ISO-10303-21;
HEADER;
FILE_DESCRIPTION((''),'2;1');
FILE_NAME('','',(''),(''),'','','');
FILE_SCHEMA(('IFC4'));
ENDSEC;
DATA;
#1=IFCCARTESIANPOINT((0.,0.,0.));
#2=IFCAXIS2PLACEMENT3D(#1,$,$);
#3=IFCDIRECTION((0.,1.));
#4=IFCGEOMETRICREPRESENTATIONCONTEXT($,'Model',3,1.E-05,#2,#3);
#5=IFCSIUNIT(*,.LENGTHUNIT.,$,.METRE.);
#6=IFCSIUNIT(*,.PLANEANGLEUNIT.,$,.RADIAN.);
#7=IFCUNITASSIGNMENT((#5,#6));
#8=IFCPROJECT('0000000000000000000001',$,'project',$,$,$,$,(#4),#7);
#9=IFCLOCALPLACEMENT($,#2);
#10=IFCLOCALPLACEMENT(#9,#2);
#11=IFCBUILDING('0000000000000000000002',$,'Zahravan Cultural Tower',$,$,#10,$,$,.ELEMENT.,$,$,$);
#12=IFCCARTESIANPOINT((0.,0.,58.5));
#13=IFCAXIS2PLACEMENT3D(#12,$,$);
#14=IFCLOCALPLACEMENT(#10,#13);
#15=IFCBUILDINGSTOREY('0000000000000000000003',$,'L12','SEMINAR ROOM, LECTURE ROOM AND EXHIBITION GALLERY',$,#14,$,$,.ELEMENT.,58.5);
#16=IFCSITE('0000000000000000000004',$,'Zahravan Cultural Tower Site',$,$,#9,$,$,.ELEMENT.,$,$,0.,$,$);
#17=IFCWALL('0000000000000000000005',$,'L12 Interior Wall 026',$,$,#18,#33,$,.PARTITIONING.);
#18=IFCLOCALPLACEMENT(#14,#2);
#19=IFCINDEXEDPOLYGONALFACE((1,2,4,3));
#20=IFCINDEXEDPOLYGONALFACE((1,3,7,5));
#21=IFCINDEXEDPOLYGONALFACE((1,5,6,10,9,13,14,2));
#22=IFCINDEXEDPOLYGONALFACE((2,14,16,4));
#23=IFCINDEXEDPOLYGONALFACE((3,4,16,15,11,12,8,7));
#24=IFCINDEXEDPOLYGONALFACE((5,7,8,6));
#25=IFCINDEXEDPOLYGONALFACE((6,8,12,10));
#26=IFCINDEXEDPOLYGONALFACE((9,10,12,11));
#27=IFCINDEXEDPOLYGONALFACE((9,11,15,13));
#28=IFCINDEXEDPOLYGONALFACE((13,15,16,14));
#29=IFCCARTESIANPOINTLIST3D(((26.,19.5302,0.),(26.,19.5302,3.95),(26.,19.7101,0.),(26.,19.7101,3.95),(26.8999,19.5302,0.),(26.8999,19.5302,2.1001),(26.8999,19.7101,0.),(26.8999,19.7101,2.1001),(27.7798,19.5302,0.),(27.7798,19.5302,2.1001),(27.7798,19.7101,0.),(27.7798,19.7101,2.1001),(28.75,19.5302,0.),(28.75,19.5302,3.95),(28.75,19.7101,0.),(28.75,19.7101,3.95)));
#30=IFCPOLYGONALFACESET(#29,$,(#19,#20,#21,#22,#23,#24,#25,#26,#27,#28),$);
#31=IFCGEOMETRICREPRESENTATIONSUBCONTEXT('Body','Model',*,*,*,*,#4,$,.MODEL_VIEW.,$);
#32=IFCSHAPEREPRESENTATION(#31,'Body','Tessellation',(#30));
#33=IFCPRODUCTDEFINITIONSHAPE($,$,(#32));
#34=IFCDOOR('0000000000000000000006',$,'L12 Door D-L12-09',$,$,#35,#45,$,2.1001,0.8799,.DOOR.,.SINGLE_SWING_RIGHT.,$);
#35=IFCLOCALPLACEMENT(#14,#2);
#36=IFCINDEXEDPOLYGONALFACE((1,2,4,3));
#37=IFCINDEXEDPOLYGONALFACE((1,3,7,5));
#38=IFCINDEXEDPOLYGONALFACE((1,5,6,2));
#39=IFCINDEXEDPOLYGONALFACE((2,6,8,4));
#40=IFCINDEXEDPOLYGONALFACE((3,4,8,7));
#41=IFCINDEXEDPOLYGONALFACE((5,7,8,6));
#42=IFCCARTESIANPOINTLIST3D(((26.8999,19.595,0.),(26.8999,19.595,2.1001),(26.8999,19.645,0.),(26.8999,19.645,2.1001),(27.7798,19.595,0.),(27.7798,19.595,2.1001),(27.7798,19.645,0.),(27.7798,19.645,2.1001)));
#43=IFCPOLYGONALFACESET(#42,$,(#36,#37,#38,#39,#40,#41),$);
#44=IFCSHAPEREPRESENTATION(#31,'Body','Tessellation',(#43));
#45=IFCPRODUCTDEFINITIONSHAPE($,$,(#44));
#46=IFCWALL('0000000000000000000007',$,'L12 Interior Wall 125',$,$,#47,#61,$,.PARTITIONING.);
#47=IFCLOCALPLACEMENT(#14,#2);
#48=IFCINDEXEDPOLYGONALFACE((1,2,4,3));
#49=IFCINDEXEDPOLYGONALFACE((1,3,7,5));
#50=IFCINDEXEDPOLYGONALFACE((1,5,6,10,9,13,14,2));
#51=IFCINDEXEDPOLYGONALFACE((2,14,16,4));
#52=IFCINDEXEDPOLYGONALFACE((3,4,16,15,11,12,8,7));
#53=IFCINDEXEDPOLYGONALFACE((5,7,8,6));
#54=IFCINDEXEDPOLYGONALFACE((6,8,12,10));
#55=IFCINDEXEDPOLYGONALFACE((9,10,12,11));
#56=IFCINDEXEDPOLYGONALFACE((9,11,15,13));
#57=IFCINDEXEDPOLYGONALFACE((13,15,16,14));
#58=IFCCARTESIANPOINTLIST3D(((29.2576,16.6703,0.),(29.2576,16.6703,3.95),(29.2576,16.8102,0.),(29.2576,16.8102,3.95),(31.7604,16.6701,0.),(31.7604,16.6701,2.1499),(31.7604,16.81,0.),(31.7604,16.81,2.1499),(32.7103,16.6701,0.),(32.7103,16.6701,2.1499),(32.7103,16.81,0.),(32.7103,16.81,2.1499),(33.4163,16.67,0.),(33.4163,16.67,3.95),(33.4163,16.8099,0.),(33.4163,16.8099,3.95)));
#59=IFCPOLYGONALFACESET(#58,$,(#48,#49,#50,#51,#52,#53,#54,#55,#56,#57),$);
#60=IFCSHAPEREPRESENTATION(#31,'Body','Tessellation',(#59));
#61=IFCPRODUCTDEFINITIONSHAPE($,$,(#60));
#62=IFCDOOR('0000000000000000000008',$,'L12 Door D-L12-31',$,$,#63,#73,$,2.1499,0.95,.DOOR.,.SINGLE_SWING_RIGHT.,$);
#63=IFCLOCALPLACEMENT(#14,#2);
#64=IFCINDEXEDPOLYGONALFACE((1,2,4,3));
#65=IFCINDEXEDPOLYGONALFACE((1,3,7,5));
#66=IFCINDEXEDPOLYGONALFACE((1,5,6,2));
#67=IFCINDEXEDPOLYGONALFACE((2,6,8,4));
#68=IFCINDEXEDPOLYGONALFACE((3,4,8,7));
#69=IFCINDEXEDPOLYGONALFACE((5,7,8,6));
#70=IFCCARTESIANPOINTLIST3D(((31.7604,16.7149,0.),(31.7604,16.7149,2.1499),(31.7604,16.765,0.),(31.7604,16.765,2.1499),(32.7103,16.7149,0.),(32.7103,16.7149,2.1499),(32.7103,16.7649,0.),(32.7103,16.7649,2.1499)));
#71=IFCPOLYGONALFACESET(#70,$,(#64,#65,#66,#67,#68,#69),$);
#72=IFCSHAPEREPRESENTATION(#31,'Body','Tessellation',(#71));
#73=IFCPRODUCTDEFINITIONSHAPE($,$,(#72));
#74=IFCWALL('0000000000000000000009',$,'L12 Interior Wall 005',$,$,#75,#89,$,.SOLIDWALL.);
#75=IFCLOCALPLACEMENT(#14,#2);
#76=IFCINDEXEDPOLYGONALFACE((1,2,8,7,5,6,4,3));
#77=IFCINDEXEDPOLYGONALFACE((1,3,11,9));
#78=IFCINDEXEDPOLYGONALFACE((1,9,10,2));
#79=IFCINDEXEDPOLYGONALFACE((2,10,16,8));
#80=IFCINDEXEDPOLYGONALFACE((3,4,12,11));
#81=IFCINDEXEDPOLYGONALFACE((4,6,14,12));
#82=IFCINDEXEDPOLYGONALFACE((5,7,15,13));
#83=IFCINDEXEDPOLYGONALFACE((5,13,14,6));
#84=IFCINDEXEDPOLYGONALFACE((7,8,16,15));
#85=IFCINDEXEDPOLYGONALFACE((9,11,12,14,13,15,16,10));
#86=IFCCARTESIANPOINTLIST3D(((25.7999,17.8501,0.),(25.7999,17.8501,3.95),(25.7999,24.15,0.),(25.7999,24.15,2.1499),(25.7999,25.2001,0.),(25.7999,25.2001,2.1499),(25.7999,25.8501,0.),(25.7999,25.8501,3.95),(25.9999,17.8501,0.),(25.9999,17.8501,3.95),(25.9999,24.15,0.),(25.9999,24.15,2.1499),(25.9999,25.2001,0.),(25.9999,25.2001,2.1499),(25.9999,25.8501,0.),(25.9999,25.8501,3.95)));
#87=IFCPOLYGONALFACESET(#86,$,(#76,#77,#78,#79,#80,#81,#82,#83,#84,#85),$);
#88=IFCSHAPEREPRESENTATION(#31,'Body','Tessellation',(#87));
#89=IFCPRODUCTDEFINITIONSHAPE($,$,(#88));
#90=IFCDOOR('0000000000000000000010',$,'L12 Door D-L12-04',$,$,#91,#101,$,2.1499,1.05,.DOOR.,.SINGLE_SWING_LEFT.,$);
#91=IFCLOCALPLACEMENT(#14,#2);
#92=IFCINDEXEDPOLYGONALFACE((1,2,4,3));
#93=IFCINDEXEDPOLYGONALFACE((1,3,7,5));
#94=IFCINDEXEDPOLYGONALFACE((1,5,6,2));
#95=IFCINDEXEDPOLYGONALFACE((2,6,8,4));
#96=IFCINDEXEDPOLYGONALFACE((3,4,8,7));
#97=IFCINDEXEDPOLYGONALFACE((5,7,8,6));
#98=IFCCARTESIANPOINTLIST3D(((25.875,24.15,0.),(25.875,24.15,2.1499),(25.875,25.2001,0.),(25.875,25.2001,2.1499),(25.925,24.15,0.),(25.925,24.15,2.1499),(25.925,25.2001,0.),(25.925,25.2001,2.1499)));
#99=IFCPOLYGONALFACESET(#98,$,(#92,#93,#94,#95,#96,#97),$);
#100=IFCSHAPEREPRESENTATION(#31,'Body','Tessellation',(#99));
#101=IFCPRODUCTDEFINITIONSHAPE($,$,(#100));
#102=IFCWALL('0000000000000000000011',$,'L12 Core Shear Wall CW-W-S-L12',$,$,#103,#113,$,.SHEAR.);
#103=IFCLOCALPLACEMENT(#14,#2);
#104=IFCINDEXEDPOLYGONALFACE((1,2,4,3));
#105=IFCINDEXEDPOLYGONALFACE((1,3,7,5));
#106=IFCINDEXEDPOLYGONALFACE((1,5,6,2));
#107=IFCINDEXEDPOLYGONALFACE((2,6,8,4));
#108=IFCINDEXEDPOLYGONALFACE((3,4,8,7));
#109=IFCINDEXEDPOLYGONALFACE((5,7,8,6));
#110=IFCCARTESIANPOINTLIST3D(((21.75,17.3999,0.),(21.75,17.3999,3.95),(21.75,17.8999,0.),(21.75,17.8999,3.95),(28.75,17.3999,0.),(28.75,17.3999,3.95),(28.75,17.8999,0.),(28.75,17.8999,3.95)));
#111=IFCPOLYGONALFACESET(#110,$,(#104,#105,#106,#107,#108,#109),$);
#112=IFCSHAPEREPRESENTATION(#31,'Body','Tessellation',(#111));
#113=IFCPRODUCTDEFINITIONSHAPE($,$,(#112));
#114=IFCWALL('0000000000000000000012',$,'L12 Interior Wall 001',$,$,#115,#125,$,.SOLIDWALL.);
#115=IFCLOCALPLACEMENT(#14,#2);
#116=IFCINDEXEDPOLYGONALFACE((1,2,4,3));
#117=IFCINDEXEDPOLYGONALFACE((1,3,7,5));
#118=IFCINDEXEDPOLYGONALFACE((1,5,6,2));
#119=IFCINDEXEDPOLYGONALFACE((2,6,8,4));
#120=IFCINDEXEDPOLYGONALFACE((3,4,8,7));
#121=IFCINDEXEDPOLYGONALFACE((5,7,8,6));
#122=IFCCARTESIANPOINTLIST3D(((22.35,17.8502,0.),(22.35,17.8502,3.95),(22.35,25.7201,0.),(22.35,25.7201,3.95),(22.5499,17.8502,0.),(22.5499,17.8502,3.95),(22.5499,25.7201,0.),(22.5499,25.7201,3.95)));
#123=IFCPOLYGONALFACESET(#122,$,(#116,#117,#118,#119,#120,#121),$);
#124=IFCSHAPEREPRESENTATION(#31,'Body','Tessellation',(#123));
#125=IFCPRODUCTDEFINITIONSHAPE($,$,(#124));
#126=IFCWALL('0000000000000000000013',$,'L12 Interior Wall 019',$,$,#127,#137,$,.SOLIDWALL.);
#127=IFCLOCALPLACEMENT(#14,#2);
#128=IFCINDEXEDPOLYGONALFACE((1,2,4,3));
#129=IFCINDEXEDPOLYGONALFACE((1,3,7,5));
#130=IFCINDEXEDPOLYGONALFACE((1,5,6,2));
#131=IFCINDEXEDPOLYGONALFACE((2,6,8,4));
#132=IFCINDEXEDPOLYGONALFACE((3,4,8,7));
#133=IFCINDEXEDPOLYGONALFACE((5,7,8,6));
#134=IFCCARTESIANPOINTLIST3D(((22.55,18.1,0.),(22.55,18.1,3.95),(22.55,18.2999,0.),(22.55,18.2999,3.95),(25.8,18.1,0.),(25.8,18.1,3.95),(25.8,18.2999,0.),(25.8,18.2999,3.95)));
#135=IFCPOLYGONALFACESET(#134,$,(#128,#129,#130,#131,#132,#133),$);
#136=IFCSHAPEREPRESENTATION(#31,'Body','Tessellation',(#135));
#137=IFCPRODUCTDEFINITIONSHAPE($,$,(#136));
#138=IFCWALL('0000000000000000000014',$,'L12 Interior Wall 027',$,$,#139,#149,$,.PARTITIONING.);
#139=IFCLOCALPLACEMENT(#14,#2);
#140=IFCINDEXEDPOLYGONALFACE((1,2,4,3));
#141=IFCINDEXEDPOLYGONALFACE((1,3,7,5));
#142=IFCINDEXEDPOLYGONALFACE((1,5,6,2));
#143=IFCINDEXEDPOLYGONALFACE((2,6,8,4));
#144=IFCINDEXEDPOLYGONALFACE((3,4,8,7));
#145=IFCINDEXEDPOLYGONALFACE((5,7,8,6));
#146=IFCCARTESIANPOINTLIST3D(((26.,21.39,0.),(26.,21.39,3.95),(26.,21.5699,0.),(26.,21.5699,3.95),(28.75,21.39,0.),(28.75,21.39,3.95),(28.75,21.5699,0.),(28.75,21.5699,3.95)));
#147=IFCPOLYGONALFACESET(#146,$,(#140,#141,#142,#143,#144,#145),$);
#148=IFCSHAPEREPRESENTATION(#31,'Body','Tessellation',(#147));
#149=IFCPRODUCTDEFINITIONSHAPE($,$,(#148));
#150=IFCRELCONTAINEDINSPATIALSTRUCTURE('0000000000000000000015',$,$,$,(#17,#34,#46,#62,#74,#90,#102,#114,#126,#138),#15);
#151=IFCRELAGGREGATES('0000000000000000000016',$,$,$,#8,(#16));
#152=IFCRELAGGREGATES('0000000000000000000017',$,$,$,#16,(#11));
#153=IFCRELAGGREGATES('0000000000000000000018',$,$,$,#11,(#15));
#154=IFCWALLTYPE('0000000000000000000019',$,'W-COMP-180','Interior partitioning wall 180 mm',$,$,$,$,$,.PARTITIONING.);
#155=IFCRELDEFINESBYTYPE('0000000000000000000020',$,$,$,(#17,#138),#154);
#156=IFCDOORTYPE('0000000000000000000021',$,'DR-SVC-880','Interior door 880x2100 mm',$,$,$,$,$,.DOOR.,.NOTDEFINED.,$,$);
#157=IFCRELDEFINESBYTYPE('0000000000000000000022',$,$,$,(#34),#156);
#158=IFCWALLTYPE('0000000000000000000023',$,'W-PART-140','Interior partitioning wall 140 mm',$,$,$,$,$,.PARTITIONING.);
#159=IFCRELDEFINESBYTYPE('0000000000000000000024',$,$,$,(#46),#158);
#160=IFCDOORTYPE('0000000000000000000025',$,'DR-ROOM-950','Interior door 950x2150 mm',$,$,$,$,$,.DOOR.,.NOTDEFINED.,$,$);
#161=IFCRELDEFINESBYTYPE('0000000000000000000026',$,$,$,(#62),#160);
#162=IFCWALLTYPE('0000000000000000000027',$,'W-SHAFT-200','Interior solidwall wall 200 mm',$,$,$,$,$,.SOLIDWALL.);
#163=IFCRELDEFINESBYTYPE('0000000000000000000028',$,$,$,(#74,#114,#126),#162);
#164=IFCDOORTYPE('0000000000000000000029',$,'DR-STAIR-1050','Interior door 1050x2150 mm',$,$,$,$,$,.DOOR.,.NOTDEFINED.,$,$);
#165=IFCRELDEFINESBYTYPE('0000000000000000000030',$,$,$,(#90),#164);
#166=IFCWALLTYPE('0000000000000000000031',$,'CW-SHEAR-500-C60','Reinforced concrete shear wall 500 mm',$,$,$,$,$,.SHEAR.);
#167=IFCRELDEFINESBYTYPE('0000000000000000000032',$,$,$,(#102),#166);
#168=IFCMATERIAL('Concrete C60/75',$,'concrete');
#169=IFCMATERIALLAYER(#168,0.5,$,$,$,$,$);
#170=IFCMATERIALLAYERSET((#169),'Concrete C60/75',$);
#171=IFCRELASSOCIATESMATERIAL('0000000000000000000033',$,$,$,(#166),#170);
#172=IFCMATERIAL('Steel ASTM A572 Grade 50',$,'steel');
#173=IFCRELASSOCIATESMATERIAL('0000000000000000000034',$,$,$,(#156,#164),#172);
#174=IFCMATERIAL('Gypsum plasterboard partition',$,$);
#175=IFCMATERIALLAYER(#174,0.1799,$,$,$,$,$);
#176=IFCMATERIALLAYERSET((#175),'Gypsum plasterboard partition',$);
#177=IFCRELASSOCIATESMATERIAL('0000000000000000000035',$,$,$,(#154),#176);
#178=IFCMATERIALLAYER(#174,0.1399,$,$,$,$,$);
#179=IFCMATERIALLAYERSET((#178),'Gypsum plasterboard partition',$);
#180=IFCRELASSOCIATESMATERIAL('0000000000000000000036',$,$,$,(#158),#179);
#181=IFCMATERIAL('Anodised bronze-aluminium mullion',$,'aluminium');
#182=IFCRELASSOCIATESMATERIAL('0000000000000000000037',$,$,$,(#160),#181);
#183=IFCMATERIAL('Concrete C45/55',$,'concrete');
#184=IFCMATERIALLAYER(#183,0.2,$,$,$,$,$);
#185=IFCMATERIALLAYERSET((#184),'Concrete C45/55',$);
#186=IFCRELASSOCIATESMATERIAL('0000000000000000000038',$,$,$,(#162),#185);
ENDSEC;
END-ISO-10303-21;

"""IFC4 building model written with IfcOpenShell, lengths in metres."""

from ifc_helpers import new_model, si_unit, direction, frame, frame_2d, origin, place, context, subcontext, project, spatial, rectangle, extrude, source, transform, mapped, material, layer, layer_set, type_object, element, fill, save


model = new_model("IFC4")

# Units and contexts
model_context = context("Model", 3, precision=1e-05, world=origin(), true_north=direction((0.0, 1.0)))
body_context = subcontext(model_context, "Body", "Model", "MODEL_VIEW")
ifc_project = project(units=[si_unit("LENGTHUNIT", "METRE"), si_unit("PLANEANGLEUNIT", "RADIAN")], contexts=[model_context])

# Site, building, storey
site_placement = place(None, origin())
site = spatial("IfcSite", under=ifc_project, at=site_placement, Name="Zahravan Cultural Tower Site", CompositionType="ELEMENT", RefElevation=0.0)
building_placement = place(site_placement, origin())
building = spatial("IfcBuilding", under=site, at=building_placement, Name="Zahravan Cultural Tower", CompositionType="ELEMENT")
storey_placement = place(building_placement, frame((0.0, 0.0, 58.5)))
storey = spatial("IfcBuildingStorey", under=building, at=storey_placement, Name="L12", Description="SEMINAR ROOM, LECTURE ROOM AND EXHIBITION GALLERY", CompositionType="ELEMENT", Elevation=58.5)

# Shared definitions
ifc_material_1 = material(Name="Concrete C60/75", Category="concrete")

# Shared definitions
ifc_material_2 = material(Name="Anodised bronze-aluminium mullion", Category="aluminium")

# Shared definitions
ifc_layer_1 = layer(ifc_material_1, 0.5)
ifc_layer_set_1 = layer_set([ifc_layer_1], Name="Concrete C60/75")
wall_type_1 = type_object("IfcWallType", Name="CW-SHEAR-500-C60", Description="Reinforced concrete shear wall 500 mm", PredefinedType="SHEAR", material=ifc_layer_set_1)
ifc_material_3 = material(Name="Steel ASTM A572 Grade 50", Category="steel")
door_type_1 = type_object("IfcDoorType", Name="DR-SVC-880", Description="Interior door 880x2100 mm", OperationType="NOTDEFINED", PredefinedType="DOOR", material=ifc_material_3)
shared_shape_1 = source(origin(), body_context, "Body", "SweptSolid", [
    extrude(rectangle(XDim=0.8799, YDim=2.1001, at=frame_2d((0.4399, 1.05))), frame((0.0, 0.0249, 0.0), z_axis=(0.0, -1.0, 0.0), x_axis=(1.0, 0.0, 0.0)), (0.0, 0.0, 1.0), 0.05),
])

# Walls, openings, doors
ifc_material_4 = material(Name="Gypsum plasterboard partition")
ifc_layer_2 = layer(ifc_material_4, 0.1799)
ifc_layer_set_2 = layer_set([ifc_layer_2], Name="Gypsum plasterboard partition")
wall_type_2 = type_object("IfcWallType", Name="W-COMP-180", Description="Interior partitioning wall 180 mm", PredefinedType="PARTITIONING", material=ifc_layer_set_2)
wall_1_placement = place(storey_placement, frame((26.0, 19.6201, 0.0), z_axis=(0.0, 0.0, 1.0), x_axis=(1.0, 0.0, 0.0)))
wall_1 = element("IfcWall", 1, at=wall_1_placement, inside=storey, type_object=wall_type_2, Name="L12 Interior Wall 026", PredefinedType="PARTITIONING", context=body_context, shape_type="SweptSolid", body=[
    extrude(rectangle(XDim=2.75, YDim=0.1799, at=frame_2d((1.375, 0.0))), origin(), (0.0, 0.0, 1.0), 3.95),
])
opening_1_placement = place(wall_1_placement, frame((0.8999, 0.0, 0.0)))
opening_1 = element("IfcOpeningElement", 2, at=opening_1_placement, cuts=wall_1, PredefinedType="OPENING", context=body_context, shape_type="SweptSolid", body=[
    extrude(rectangle(XDim=0.8799, YDim=2.1001, at=frame_2d((0.4399, 1.05))), frame((0.0, 0.0999, 0.0), z_axis=(0.0, -1.0, 0.0), x_axis=(1.0, 0.0, 0.0)), (0.0, 0.0, 1.0), 0.2),
])
door_1_placement = place(opening_1_placement, origin())
door_1 = element("IfcDoor", 3, at=door_1_placement, inside=storey, type_object=door_type_1, Name="L12 Door D-L12-09", OperationType="SINGLE_SWING_RIGHT", OverallHeight=2.1001, OverallWidth=0.8799, PredefinedType="DOOR", context=body_context, shape_type="MappedRepresentation", body=[
    mapped(shared_shape_1, transform((0.0, 0.0, 0.0), x_axis=(1.0, 0.0, 0.0), y_axis=(0.0, 1.0, 0.0), z_axis=(0.0, 0.0, 1.0), scale=1.0)),
])
fill(opening_1, door_1)
ifc_layer_3 = layer(ifc_material_4, 0.1399)
ifc_layer_set_3 = layer_set([ifc_layer_3], Name="Gypsum plasterboard partition")
wall_type_3 = type_object("IfcWallType", Name="W-PART-140", Description="Interior partitioning wall 140 mm", PredefinedType="PARTITIONING", material=ifc_layer_set_3)
wall_2_placement = place(storey_placement, frame((29.2576, 16.7402, 0.0), z_axis=(0.0, 0.0, 1.0), x_axis=(1.0, -0.000059, 0.0)))
wall_2 = element("IfcWall", 4, at=wall_2_placement, inside=storey, type_object=wall_type_3, Name="L12 Interior Wall 125", PredefinedType="PARTITIONING", context=body_context, shape_type="SweptSolid", body=[
    extrude(rectangle(XDim=4.1587, YDim=0.1399, at=frame_2d((2.0793, 0.0))), origin(), (0.0, 0.0, 1.0), 3.95),
])
opening_2_placement = place(wall_2_placement, frame((2.5027, 0.0, 0.0)))
opening_2 = element("IfcOpeningElement", 5, at=opening_2_placement, cuts=wall_2, PredefinedType="OPENING", context=body_context, shape_type="SweptSolid", body=[
    extrude(rectangle(XDim=0.95, YDim=2.1499, at=frame_2d((0.4751, 1.075))), frame((0.0, 0.0798, 0.0), z_axis=(0.0, -1.0, 0.0), x_axis=(1.0, 0.0, 0.0)), (0.0, 0.0, 1.0), 0.1599),
])
door_type_2 = type_object("IfcDoorType", Name="DR-ROOM-950", Description="Interior door 950x2150 mm", OperationType="NOTDEFINED", PredefinedType="DOOR", material=ifc_material_2)
shared_shape_2 = source(origin(), body_context, "Body", "SweptSolid", [
    extrude(rectangle(XDim=0.95, YDim=2.1499, at=frame_2d((0.4751, 1.075))), frame((0.0, 0.0249, 0.0), z_axis=(0.0, -1.0, 0.0), x_axis=(1.0, 0.0, 0.0)), (0.0, 0.0, 1.0), 0.05),
])
door_2_placement = place(opening_2_placement, origin())
door_2 = element("IfcDoor", 6, at=door_2_placement, inside=storey, type_object=door_type_2, Name="L12 Door D-L12-31", OperationType="SINGLE_SWING_RIGHT", OverallHeight=2.1499, OverallWidth=0.95, PredefinedType="DOOR", context=body_context, shape_type="MappedRepresentation", body=[
    mapped(shared_shape_2, transform((0.0, 0.0, 0.0), x_axis=(1.0, 0.0, 0.0), y_axis=(0.0, 1.0, 0.0), z_axis=(0.0, 0.0, 1.0), scale=1.0)),
])
fill(opening_2, door_2)
ifc_material_5 = material(Name="Concrete C45/55", Category="concrete")
ifc_layer_4 = layer(ifc_material_5, 0.2)
ifc_layer_set_4 = layer_set([ifc_layer_4], Name="Concrete C45/55")
wall_type_4 = type_object("IfcWallType", Name="W-SHAFT-200", Description="Interior solidwall wall 200 mm", PredefinedType="SOLIDWALL", material=ifc_layer_set_4)
wall_3_placement = place(storey_placement, frame((25.8999, 17.8501, 0.0), z_axis=(0.0, 0.0, 1.0), x_axis=(0.0, 1.0, 0.0)))
wall_3 = element("IfcWall", 7, at=wall_3_placement, inside=storey, type_object=wall_type_4, Name="L12 Interior Wall 005", PredefinedType="SOLIDWALL", context=body_context, shape_type="SweptSolid", body=[
    extrude(rectangle(XDim=8.0, YDim=0.2, at=frame_2d((4.0, 0.0))), origin(), (0.0, 0.0, 1.0), 3.95),
])
opening_3_placement = place(wall_3_placement, frame((6.3, 0.0, 0.0)))
opening_3 = element("IfcOpeningElement", 8, at=opening_3_placement, cuts=wall_3, PredefinedType="OPENING", context=body_context, shape_type="SweptSolid", body=[
    extrude(rectangle(XDim=1.05, YDim=2.1499, at=frame_2d((0.5249, 1.075))), frame((0.0, 0.1099, 0.0), z_axis=(0.0, -1.0, 0.0), x_axis=(1.0, 0.0, 0.0)), (0.0, 0.0, 1.0), 0.22),
])
door_type_3 = type_object("IfcDoorType", Name="DR-STAIR-1050", Description="Interior door 1050x2150 mm", OperationType="NOTDEFINED", PredefinedType="DOOR", material=ifc_material_3)
shared_shape_3 = source(origin(), body_context, "Body", "SweptSolid", [
    extrude(rectangle(XDim=1.05, YDim=2.1499, at=frame_2d((0.5249, 1.075))), frame((0.0, 0.0249, 0.0), z_axis=(0.0, -1.0, 0.0), x_axis=(1.0, 0.0, 0.0)), (0.0, 0.0, 1.0), 0.05),
])
door_3_placement = place(opening_3_placement, origin())
door_3 = element("IfcDoor", 9, at=door_3_placement, inside=storey, type_object=door_type_3, Name="L12 Door D-L12-04", OperationType="SINGLE_SWING_LEFT", OverallHeight=2.1499, OverallWidth=1.05, PredefinedType="DOOR", context=body_context, shape_type="MappedRepresentation", body=[
    mapped(shared_shape_3, transform((0.0, 0.0, 0.0), x_axis=(1.0, 0.0, 0.0), y_axis=(0.0, 1.0, 0.0), z_axis=(0.0, 0.0, 1.0), scale=1.0)),
])
fill(opening_3, door_3)

# Walls
shared_shape_4 = source(origin(), body_context, "Body", "SweptSolid", [
    extrude(rectangle(XDim=7.0, YDim=0.5, at=frame_2d((3.5, 0.0))), origin(), (0.0, 0.0, 1.0), 3.95),
])
wall_4_placement = place(storey_placement, frame((21.75, 17.6499, 0.0), z_axis=(0.0, 0.0, 1.0), x_axis=(1.0, 0.0, 0.0)))
element("IfcWall", 10, at=wall_4_placement, inside=storey, type_object=wall_type_1, Name="L12 Core Shear Wall CW-W-S-L12", PredefinedType="SHEAR", context=body_context, shape_type="MappedRepresentation", body=[
    mapped(shared_shape_4, transform((0.0, 0.0, 0.0), x_axis=(1.0, 0.0, 0.0), y_axis=(0.0, 1.0, 0.0), z_axis=(0.0, 0.0, 1.0), scale=1.0)),
])
shared_shape_5 = source(origin(), body_context, "Body", "SweptSolid", [
    extrude(rectangle(XDim=7.8699, YDim=0.2, at=frame_2d((3.9351, 0.0))), origin(), (0.0, 0.0, 1.0), 3.95),
])
wall_5_placement = place(storey_placement, frame((22.45, 17.8501, 0.0), z_axis=(0.0, 0.0, 1.0), x_axis=(0.0, 1.0, 0.0)))
element("IfcWall", 11, at=wall_5_placement, inside=storey, type_object=wall_type_4, Name="L12 Interior Wall 001", PredefinedType="SOLIDWALL", context=body_context, shape_type="MappedRepresentation", body=[
    mapped(shared_shape_5, transform((0.0, 0.0, 0.0), x_axis=(1.0, 0.0, 0.0), y_axis=(0.0, 1.0, 0.0), z_axis=(0.0, 0.0, 1.0), scale=1.0)),
])
shared_shape_6 = source(origin(), body_context, "Body", "SweptSolid", [
    extrude(rectangle(XDim=3.25, YDim=0.2, at=frame_2d((1.625, 0.0))), origin(), (0.0, 0.0, 1.0), 3.95),
])
wall_6_placement = place(storey_placement, frame((22.55, 18.2, 0.0), z_axis=(0.0, 0.0, 1.0), x_axis=(1.0, 0.0, 0.0)))
element("IfcWall", 12, at=wall_6_placement, inside=storey, type_object=wall_type_4, Name="L12 Interior Wall 019", PredefinedType="SOLIDWALL", context=body_context, shape_type="MappedRepresentation", body=[
    mapped(shared_shape_6, transform((0.0, 0.0, 0.0), x_axis=(1.0, 0.0, 0.0), y_axis=(0.0, 1.0, 0.0), z_axis=(0.0, 0.0, 1.0), scale=1.0)),
])
shared_shape_7 = source(origin(), body_context, "Body", "SweptSolid", [
    extrude(rectangle(XDim=2.75, YDim=0.1799, at=frame_2d((1.375, 0.0))), origin(), (0.0, 0.0, 1.0), 3.95),
])
wall_7_placement = place(storey_placement, frame((26.0, 21.48, 0.0), z_axis=(0.0, 0.0, 1.0), x_axis=(1.0, 0.0, 0.0)))
element("IfcWall", 13, at=wall_7_placement, inside=storey, type_object=wall_type_2, Name="L12 Interior Wall 027", PredefinedType="PARTITIONING", context=body_context, shape_type="MappedRepresentation", body=[
    mapped(shared_shape_7, transform((0.0, 0.0, 0.0), x_axis=(1.0, 0.0, 0.0), y_axis=(0.0, 1.0, 0.0), z_axis=(0.0, 0.0, 1.0), scale=1.0)),
])

save(model, "model.ifc")
